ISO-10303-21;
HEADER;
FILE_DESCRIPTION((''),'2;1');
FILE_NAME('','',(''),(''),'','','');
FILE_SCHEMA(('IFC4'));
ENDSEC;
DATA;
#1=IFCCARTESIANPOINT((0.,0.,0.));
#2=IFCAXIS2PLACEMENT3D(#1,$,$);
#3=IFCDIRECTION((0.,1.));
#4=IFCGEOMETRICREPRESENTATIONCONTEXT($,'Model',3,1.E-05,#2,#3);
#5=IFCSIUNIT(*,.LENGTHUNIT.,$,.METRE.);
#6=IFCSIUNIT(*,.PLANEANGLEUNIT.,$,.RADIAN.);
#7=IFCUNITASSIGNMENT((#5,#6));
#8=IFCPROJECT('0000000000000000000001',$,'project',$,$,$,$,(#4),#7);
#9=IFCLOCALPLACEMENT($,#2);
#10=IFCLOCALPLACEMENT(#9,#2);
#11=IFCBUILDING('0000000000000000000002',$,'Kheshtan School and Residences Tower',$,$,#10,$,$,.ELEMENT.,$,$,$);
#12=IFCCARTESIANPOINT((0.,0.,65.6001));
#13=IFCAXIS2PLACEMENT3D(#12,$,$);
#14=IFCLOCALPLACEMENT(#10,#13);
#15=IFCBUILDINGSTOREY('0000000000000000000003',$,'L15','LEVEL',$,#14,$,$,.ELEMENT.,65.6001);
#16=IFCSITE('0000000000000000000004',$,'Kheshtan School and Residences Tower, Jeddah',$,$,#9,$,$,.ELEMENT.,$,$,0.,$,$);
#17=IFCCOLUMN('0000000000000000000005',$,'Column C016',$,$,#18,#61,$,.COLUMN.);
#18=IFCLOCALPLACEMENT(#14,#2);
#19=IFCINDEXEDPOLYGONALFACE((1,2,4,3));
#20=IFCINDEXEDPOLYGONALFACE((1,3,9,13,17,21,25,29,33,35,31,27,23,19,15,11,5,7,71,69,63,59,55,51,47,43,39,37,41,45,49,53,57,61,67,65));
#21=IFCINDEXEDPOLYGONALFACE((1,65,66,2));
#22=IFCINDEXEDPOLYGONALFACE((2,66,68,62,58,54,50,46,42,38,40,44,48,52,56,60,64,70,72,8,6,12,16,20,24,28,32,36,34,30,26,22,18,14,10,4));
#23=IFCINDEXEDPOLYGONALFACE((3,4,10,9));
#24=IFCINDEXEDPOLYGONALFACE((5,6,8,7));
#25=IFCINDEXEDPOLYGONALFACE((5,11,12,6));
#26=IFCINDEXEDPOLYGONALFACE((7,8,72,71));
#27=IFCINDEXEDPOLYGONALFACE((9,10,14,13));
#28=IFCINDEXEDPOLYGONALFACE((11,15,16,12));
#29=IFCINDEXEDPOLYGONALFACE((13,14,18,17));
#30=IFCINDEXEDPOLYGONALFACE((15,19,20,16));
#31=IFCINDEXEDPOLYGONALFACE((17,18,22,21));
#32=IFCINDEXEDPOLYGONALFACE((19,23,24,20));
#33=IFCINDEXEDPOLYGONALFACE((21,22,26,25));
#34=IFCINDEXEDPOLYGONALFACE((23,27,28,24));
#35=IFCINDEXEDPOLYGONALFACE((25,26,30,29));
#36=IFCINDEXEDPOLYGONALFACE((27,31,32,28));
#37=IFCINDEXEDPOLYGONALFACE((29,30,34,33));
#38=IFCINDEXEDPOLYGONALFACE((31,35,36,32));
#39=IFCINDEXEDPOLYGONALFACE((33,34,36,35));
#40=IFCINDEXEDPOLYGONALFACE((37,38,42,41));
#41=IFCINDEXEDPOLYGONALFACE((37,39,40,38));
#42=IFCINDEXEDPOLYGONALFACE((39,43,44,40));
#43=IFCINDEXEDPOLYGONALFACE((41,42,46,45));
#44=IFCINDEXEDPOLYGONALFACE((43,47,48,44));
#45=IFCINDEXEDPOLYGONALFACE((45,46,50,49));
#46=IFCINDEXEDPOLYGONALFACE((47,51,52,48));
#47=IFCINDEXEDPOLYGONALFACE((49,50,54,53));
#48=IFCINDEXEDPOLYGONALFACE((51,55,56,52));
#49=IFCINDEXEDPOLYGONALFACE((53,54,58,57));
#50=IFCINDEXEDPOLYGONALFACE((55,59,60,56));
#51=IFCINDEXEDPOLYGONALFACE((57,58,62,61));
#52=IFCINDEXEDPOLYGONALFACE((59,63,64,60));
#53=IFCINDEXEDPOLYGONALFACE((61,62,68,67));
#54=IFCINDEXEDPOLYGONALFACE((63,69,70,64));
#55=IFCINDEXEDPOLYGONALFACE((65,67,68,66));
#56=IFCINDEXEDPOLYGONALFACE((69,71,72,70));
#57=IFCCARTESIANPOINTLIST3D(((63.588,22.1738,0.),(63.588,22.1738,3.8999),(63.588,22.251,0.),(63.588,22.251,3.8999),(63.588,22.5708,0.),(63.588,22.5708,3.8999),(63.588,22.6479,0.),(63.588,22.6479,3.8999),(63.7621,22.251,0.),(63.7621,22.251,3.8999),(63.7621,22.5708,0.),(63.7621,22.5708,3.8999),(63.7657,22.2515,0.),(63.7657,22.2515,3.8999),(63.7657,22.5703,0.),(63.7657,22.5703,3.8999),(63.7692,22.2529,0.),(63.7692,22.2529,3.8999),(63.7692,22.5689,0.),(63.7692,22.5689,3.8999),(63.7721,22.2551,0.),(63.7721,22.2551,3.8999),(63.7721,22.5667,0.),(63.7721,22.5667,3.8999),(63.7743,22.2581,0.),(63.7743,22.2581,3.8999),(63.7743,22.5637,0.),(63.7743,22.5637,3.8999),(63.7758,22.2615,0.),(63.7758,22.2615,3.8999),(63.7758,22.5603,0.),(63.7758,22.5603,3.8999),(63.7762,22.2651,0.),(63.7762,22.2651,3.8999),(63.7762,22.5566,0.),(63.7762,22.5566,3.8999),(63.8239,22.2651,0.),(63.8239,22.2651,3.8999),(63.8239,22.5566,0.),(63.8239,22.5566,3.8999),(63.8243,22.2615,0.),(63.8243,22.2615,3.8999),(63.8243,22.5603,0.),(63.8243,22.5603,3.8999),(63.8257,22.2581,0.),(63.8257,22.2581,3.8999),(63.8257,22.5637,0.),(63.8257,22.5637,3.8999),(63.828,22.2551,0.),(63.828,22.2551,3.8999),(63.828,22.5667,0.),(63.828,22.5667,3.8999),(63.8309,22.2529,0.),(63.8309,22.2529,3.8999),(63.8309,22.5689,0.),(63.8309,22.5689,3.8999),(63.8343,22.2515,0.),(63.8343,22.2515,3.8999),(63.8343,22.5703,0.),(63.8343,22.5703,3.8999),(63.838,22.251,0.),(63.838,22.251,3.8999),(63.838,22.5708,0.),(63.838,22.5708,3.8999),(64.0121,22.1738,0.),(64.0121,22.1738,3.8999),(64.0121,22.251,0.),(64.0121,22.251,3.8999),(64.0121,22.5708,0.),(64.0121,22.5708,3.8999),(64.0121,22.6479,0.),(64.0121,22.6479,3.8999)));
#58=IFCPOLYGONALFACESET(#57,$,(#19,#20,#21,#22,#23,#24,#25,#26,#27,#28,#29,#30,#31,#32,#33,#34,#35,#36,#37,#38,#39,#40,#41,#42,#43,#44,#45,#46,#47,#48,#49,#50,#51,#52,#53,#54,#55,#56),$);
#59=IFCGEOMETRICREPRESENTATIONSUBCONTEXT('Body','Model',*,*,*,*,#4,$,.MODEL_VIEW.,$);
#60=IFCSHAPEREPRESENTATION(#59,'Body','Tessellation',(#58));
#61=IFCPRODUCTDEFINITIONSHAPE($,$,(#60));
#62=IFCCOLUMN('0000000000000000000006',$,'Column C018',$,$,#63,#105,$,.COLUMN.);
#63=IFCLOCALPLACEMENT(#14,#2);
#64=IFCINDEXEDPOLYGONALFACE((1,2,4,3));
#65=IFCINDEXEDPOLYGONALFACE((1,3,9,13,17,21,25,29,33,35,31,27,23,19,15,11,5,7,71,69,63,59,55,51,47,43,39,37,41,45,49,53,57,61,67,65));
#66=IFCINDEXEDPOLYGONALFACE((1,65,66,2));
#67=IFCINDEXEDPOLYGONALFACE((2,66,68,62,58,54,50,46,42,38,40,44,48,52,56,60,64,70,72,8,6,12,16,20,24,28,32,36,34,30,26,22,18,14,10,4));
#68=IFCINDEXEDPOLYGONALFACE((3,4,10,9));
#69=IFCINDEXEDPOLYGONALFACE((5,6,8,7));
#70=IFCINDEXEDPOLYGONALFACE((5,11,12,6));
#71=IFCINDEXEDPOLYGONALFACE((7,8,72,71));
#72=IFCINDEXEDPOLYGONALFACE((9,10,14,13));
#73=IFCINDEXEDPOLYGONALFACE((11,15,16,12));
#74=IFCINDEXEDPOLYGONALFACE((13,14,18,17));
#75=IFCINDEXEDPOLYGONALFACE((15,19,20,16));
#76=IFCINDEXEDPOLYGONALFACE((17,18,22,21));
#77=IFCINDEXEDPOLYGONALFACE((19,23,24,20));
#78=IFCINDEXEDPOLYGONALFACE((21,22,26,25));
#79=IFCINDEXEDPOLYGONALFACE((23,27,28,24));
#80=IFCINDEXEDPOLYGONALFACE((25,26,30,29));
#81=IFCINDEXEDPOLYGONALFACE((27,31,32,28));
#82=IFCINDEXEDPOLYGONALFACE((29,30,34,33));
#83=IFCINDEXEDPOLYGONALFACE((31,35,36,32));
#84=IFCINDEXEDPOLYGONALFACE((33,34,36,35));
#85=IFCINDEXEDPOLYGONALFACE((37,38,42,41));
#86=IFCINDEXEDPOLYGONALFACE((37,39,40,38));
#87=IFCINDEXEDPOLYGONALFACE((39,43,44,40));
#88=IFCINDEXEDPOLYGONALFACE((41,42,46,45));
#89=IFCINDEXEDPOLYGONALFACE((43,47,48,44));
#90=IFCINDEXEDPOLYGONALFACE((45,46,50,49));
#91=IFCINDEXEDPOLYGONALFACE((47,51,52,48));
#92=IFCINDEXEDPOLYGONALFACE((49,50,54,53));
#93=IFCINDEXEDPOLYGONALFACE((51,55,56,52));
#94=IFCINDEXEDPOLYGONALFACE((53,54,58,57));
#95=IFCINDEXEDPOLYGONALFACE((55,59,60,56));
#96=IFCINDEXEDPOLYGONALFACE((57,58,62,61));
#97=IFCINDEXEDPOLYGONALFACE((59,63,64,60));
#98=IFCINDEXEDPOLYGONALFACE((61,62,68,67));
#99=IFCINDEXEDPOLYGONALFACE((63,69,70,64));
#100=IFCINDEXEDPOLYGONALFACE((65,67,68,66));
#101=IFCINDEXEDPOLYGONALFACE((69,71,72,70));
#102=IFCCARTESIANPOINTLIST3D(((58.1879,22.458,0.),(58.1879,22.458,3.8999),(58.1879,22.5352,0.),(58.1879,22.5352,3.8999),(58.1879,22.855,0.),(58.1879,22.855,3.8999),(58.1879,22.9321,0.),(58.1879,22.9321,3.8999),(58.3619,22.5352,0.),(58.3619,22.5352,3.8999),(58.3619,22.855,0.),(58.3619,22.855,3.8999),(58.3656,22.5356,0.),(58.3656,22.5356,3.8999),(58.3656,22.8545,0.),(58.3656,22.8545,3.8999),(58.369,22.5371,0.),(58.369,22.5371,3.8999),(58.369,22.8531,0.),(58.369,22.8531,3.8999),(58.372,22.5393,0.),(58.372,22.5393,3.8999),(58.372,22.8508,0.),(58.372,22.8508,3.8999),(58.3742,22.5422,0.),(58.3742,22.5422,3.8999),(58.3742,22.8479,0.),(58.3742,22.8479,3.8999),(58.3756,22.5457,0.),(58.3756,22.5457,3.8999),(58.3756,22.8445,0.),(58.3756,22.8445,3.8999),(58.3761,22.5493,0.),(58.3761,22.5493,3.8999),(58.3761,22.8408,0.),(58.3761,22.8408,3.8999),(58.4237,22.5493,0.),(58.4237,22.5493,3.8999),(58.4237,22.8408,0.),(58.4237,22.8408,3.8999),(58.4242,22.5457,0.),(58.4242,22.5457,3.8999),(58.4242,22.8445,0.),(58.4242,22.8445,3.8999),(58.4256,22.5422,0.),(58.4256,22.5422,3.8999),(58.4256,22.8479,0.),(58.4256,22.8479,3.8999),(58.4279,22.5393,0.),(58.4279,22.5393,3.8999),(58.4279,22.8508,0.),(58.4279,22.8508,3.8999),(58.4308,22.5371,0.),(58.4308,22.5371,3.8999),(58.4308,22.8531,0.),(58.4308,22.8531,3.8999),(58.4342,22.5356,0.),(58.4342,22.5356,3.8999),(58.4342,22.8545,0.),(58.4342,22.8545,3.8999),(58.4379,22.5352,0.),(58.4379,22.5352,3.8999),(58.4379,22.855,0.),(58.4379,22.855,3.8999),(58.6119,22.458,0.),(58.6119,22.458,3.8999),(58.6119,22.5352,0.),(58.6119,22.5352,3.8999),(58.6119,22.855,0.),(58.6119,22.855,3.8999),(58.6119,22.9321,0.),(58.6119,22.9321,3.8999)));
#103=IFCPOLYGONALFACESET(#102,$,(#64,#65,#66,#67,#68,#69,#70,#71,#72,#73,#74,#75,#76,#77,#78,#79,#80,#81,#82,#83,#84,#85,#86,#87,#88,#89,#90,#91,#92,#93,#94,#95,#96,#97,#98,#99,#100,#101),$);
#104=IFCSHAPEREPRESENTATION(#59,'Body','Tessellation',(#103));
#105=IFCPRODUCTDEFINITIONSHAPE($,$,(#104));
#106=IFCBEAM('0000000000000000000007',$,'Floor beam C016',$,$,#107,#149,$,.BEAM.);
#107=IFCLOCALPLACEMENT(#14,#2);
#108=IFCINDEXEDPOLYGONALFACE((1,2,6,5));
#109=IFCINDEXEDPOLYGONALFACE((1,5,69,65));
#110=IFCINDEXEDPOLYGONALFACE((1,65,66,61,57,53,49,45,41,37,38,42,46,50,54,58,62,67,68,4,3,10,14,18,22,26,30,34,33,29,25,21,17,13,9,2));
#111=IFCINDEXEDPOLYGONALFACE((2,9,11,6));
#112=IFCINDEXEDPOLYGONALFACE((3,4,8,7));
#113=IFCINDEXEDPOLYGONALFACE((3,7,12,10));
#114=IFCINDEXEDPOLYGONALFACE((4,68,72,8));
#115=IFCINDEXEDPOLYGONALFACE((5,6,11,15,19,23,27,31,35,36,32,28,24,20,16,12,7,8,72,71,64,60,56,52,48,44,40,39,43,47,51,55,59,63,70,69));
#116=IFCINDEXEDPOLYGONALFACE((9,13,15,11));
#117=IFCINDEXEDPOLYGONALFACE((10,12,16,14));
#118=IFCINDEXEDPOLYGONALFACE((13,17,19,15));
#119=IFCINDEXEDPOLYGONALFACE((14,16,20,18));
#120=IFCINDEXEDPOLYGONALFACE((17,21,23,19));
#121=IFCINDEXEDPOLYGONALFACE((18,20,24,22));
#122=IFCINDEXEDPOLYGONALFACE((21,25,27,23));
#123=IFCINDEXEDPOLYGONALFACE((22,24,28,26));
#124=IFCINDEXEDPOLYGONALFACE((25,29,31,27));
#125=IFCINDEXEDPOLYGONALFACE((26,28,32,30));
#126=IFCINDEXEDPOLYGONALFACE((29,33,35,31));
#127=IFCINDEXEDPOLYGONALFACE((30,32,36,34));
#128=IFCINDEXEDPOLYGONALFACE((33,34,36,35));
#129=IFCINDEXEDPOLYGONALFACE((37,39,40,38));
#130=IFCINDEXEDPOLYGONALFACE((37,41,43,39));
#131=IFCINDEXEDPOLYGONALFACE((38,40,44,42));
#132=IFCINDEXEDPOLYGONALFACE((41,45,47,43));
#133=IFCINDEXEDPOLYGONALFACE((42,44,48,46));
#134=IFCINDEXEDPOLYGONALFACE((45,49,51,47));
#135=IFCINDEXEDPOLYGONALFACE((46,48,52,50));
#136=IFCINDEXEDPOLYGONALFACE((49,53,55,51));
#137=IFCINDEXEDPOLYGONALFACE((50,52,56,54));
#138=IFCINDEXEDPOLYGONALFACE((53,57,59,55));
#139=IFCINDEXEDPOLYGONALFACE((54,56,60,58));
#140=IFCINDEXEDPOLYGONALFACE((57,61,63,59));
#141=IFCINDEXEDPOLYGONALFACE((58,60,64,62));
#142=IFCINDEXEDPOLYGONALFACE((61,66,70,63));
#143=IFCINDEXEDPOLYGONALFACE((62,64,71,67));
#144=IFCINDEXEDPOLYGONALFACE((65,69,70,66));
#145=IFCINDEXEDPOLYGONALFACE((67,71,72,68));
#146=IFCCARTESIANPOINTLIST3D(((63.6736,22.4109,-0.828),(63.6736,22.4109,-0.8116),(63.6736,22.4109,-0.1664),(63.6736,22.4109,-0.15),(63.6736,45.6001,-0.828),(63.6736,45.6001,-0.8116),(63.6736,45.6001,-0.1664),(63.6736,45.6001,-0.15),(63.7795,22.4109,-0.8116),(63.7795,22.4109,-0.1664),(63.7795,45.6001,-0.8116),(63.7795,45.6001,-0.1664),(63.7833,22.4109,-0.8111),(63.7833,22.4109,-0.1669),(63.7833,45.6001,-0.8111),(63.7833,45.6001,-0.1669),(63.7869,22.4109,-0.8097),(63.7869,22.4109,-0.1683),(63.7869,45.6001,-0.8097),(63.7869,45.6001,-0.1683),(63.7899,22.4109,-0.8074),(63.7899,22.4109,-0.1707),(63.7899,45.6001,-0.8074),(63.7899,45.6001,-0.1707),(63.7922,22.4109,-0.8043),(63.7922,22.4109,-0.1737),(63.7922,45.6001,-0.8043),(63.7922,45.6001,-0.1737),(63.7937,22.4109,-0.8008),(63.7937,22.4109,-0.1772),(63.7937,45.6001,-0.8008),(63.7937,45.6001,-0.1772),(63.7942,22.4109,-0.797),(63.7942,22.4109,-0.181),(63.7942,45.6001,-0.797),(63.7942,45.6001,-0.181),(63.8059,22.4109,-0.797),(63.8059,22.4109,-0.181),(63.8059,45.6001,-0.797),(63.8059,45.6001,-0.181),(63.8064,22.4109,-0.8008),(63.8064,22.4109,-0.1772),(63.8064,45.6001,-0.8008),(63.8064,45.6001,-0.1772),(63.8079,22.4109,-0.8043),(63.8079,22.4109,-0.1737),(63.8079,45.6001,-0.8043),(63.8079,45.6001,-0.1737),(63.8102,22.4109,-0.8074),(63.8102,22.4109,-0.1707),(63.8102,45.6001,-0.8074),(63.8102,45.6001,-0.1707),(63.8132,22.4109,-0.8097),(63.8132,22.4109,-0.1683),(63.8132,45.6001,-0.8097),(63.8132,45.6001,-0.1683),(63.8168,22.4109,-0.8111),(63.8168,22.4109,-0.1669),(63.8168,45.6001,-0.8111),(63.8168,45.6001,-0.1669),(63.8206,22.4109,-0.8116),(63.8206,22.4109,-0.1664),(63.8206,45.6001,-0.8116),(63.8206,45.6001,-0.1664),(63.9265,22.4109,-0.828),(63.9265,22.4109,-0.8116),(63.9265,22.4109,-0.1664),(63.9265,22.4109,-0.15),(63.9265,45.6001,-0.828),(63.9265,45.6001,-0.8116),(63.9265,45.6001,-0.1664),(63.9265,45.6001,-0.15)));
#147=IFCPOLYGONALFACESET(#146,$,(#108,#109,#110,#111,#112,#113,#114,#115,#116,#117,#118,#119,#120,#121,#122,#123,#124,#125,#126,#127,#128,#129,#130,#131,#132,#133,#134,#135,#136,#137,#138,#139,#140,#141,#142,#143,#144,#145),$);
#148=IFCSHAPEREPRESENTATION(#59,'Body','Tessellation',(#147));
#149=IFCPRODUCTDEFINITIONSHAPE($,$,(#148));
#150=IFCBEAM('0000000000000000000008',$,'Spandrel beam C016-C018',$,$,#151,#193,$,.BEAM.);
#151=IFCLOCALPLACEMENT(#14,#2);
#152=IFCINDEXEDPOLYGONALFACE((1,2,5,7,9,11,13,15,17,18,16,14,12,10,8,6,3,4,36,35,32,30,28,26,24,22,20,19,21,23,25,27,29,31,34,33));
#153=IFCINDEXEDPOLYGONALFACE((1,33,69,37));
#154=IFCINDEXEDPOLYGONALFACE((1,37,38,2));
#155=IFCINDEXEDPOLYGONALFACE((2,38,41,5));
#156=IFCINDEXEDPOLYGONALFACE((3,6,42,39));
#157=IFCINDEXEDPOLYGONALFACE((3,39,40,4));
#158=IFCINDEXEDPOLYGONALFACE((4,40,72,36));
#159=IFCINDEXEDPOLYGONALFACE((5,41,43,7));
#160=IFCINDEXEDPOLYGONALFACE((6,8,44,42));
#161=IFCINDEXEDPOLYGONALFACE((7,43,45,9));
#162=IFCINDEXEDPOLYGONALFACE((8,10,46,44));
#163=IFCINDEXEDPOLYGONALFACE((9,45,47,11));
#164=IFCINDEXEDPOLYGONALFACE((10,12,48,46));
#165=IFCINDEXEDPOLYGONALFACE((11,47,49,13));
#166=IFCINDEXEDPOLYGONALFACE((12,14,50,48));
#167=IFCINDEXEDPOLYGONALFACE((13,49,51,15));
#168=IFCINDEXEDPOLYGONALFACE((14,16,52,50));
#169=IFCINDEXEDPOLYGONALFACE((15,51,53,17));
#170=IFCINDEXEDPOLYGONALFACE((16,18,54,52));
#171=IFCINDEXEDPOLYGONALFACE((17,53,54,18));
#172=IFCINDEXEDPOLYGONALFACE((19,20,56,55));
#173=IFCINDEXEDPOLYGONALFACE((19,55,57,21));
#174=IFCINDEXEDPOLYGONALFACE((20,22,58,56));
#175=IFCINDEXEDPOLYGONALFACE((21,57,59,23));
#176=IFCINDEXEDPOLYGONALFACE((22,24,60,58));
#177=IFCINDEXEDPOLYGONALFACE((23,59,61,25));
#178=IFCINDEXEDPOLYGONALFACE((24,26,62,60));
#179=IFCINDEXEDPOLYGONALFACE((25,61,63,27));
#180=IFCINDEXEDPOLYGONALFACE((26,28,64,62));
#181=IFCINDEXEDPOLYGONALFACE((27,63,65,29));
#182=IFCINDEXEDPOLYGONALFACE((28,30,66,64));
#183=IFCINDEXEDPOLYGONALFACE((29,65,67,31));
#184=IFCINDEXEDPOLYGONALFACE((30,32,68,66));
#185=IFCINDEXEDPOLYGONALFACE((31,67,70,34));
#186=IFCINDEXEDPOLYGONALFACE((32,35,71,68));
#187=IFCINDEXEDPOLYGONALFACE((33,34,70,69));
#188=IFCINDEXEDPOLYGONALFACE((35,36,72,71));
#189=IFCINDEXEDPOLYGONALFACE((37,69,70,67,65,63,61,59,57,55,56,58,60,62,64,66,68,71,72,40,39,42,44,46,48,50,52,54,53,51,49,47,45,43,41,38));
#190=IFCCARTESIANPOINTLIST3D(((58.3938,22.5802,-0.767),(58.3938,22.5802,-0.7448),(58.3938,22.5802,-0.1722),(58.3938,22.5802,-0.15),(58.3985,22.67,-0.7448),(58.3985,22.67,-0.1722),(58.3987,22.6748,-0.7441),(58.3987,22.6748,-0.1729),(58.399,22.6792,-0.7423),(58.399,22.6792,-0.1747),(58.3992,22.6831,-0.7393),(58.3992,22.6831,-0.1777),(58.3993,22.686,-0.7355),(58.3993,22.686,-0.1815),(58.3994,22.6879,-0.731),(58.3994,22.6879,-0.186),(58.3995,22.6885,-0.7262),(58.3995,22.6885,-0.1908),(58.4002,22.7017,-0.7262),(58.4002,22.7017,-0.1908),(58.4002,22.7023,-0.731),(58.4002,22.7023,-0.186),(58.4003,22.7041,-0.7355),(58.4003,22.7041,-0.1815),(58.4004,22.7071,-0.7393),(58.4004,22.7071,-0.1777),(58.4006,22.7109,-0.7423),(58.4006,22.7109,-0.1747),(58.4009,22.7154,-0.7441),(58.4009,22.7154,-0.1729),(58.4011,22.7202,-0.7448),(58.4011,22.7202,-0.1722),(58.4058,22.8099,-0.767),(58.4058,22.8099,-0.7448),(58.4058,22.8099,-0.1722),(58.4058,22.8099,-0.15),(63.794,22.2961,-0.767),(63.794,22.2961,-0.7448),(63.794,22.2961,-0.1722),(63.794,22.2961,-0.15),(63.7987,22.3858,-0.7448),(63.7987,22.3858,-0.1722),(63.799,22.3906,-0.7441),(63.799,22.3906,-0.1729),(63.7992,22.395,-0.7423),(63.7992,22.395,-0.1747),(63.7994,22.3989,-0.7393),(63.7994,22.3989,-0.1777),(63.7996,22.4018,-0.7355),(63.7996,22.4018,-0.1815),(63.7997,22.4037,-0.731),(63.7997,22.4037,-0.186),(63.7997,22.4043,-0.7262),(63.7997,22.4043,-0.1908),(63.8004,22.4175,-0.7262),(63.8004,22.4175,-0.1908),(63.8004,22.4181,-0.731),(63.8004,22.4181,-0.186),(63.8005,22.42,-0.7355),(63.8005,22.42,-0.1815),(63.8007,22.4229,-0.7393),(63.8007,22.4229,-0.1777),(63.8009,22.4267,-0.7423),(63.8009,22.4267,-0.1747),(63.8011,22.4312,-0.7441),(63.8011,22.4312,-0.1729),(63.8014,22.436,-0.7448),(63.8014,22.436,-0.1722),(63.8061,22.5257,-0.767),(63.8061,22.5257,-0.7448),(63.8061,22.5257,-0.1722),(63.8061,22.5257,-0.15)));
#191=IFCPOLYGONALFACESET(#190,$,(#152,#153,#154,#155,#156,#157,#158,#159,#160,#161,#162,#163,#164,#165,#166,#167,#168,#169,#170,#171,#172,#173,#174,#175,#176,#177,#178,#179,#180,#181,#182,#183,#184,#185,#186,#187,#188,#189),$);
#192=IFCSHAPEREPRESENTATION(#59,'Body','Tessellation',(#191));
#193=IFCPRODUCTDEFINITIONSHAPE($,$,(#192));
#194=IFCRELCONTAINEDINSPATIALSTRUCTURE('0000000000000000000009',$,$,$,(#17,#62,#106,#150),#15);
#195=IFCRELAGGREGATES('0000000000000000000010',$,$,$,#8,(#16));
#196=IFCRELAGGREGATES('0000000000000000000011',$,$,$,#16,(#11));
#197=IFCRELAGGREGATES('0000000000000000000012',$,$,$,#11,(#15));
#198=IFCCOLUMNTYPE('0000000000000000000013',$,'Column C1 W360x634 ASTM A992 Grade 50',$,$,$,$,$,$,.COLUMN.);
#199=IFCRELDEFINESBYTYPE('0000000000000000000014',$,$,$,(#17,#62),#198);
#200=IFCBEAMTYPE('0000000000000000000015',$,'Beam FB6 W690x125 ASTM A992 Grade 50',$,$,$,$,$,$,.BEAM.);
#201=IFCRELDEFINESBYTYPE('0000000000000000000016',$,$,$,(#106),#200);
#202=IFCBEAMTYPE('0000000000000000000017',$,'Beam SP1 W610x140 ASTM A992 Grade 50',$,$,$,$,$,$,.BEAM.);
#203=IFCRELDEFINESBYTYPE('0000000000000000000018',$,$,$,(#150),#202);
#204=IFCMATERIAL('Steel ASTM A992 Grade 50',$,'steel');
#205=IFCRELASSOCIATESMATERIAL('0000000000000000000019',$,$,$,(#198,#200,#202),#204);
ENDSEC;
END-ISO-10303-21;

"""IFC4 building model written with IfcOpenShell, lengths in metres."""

from ifc_helpers import new_model, si_unit, direction, frame, origin, origin_2d, place, context, subcontext, project, spatial, i_section, extrude, material, material_profile, profile_set, type_object, element, save


model = new_model("IFC4")

# Units and contexts
model_context = context("Model", 3, precision=1e-05, world=origin(), true_north=direction((0.0, 1.0)))
body_context = subcontext(model_context, "Body", "Model", "MODEL_VIEW")
ifc_project = project(units=[si_unit("LENGTHUNIT", "METRE"), si_unit("PLANEANGLEUNIT", "RADIAN")], contexts=[model_context])

# Site, building, storey
site_placement = place(None, origin())
site = spatial("IfcSite", under=ifc_project, at=site_placement, Name="Kheshtan School and Residences Tower, Jeddah", CompositionType="ELEMENT", RefElevation=0.0)
building_placement = place(site_placement, origin())
building = spatial("IfcBuilding", under=site, at=building_placement, Name="Kheshtan School and Residences Tower", CompositionType="ELEMENT")
storey_placement = place(building_placement, frame((0.0, 0.0, 65.6001)))
storey = spatial("IfcBuildingStorey", under=building, at=storey_placement, Name="L15", Description="LEVEL", CompositionType="ELEMENT", Elevation=65.6001)

# Columns
ifc_material_1 = material(Name="Steel ASTM A992 Grade 50", Category="steel")
ifc_material_profile_1 = material_profile(ifc_material_1, i_section(OverallWidth=0.4241, OverallDepth=0.4741, WebThickness=0.0476, FlangeThickness=0.0771, FilletRadius=0.0142, at=origin_2d()), Name="W360x634")
ifc_profile_set_1 = profile_set([ifc_material_profile_1], Name="Steel ASTM A992 Grade 50")
column_type = type_object("IfcColumnType", Name="Column C1 W360x634 ASTM A992 Grade 50", PredefinedType="COLUMN", material=ifc_profile_set_1)
for number, where, z_axis, x_axis, name in (
    (1, (63.8, 22.4109, 0.0), (0.0, 0.0, 1.0), (1.0, 0.0, 0.0), "Column C016"),
    (2, (58.3999, 22.6951, 0.0), (0.0, 0.0, 1.0), (1.0, 0.0, 0.0), "Column C018"),
):
    element("IfcColumn", number, at=place(storey_placement, frame(where, z_axis=z_axis, x_axis=x_axis)), inside=storey, type_object=column_type, Name=name, PredefinedType="COLUMN", context=body_context, shape_type="SweptSolid", body=[
        extrude(i_section(OverallWidth=0.4241, OverallDepth=0.4741, WebThickness=0.0476, FlangeThickness=0.0771, FilletRadius=0.0142, at=origin_2d()), origin(), (0.0, 0.0, 1.0), 3.8999),
    ])

# Beams
ifc_material_profile_2 = material_profile(ifc_material_1, i_section(OverallWidth=0.2529, OverallDepth=0.678, WebThickness=0.0117, FlangeThickness=0.0164, FilletRadius=0.0146, at=origin_2d()), Name="W690x125")
ifc_profile_set_2 = profile_set([ifc_material_profile_2], Name="Steel ASTM A992 Grade 50")
beam_type_1 = type_object("IfcBeamType", Name="Beam FB6 W690x125 ASTM A992 Grade 50", PredefinedType="BEAM", material=ifc_profile_set_2)
beam_1_placement = place(storey_placement, frame((63.8, 22.4109, -0.489), z_axis=(0.0, 1.0, 0.0), x_axis=(-1.0, 0.0, 0.0)))
element("IfcBeam", 3, at=beam_1_placement, inside=storey, type_object=beam_type_1, Name="Floor beam C016", PredefinedType="BEAM", context=body_context, shape_type="SweptSolid", body=[
    extrude(i_section(OverallWidth=0.2529, OverallDepth=0.678, WebThickness=0.0117, FlangeThickness=0.0164, FilletRadius=0.0146, at=origin_2d()), origin(), (0.0, 0.0, 1.0), 23.1892),
])
ifc_material_profile_3 = material_profile(ifc_material_1, i_section(OverallWidth=0.23, OverallDepth=0.6169, WebThickness=0.0132, FlangeThickness=0.0222, FilletRadius=0.0186, at=origin_2d()), Name="W610x140")
ifc_profile_set_3 = profile_set([ifc_material_profile_3], Name="Steel ASTM A992 Grade 50")
beam_type_2 = type_object("IfcBeamType", Name="Beam SP1 W610x140 ASTM A992 Grade 50", PredefinedType="BEAM", material=ifc_profile_set_3)
beam_2_placement = place(storey_placement, frame((63.8, 22.4109, -0.4585), z_axis=(-0.998618, 0.052552, 0.0), x_axis=(-0.052552, -0.998618, 0.0)))
element("IfcBeam", 4, at=beam_2_placement, inside=storey, type_object=beam_type_2, Name="Spandrel beam C016-C018", PredefinedType="BEAM", context=body_context, shape_type="SweptSolid", body=[
    extrude(i_section(OverallWidth=0.23, OverallDepth=0.6169, WebThickness=0.0132, FlangeThickness=0.0222, FilletRadius=0.0186, at=origin_2d()), origin(), (0.0, 0.0, 1.0), 5.4077),
])

save(model, "model.ifc")
